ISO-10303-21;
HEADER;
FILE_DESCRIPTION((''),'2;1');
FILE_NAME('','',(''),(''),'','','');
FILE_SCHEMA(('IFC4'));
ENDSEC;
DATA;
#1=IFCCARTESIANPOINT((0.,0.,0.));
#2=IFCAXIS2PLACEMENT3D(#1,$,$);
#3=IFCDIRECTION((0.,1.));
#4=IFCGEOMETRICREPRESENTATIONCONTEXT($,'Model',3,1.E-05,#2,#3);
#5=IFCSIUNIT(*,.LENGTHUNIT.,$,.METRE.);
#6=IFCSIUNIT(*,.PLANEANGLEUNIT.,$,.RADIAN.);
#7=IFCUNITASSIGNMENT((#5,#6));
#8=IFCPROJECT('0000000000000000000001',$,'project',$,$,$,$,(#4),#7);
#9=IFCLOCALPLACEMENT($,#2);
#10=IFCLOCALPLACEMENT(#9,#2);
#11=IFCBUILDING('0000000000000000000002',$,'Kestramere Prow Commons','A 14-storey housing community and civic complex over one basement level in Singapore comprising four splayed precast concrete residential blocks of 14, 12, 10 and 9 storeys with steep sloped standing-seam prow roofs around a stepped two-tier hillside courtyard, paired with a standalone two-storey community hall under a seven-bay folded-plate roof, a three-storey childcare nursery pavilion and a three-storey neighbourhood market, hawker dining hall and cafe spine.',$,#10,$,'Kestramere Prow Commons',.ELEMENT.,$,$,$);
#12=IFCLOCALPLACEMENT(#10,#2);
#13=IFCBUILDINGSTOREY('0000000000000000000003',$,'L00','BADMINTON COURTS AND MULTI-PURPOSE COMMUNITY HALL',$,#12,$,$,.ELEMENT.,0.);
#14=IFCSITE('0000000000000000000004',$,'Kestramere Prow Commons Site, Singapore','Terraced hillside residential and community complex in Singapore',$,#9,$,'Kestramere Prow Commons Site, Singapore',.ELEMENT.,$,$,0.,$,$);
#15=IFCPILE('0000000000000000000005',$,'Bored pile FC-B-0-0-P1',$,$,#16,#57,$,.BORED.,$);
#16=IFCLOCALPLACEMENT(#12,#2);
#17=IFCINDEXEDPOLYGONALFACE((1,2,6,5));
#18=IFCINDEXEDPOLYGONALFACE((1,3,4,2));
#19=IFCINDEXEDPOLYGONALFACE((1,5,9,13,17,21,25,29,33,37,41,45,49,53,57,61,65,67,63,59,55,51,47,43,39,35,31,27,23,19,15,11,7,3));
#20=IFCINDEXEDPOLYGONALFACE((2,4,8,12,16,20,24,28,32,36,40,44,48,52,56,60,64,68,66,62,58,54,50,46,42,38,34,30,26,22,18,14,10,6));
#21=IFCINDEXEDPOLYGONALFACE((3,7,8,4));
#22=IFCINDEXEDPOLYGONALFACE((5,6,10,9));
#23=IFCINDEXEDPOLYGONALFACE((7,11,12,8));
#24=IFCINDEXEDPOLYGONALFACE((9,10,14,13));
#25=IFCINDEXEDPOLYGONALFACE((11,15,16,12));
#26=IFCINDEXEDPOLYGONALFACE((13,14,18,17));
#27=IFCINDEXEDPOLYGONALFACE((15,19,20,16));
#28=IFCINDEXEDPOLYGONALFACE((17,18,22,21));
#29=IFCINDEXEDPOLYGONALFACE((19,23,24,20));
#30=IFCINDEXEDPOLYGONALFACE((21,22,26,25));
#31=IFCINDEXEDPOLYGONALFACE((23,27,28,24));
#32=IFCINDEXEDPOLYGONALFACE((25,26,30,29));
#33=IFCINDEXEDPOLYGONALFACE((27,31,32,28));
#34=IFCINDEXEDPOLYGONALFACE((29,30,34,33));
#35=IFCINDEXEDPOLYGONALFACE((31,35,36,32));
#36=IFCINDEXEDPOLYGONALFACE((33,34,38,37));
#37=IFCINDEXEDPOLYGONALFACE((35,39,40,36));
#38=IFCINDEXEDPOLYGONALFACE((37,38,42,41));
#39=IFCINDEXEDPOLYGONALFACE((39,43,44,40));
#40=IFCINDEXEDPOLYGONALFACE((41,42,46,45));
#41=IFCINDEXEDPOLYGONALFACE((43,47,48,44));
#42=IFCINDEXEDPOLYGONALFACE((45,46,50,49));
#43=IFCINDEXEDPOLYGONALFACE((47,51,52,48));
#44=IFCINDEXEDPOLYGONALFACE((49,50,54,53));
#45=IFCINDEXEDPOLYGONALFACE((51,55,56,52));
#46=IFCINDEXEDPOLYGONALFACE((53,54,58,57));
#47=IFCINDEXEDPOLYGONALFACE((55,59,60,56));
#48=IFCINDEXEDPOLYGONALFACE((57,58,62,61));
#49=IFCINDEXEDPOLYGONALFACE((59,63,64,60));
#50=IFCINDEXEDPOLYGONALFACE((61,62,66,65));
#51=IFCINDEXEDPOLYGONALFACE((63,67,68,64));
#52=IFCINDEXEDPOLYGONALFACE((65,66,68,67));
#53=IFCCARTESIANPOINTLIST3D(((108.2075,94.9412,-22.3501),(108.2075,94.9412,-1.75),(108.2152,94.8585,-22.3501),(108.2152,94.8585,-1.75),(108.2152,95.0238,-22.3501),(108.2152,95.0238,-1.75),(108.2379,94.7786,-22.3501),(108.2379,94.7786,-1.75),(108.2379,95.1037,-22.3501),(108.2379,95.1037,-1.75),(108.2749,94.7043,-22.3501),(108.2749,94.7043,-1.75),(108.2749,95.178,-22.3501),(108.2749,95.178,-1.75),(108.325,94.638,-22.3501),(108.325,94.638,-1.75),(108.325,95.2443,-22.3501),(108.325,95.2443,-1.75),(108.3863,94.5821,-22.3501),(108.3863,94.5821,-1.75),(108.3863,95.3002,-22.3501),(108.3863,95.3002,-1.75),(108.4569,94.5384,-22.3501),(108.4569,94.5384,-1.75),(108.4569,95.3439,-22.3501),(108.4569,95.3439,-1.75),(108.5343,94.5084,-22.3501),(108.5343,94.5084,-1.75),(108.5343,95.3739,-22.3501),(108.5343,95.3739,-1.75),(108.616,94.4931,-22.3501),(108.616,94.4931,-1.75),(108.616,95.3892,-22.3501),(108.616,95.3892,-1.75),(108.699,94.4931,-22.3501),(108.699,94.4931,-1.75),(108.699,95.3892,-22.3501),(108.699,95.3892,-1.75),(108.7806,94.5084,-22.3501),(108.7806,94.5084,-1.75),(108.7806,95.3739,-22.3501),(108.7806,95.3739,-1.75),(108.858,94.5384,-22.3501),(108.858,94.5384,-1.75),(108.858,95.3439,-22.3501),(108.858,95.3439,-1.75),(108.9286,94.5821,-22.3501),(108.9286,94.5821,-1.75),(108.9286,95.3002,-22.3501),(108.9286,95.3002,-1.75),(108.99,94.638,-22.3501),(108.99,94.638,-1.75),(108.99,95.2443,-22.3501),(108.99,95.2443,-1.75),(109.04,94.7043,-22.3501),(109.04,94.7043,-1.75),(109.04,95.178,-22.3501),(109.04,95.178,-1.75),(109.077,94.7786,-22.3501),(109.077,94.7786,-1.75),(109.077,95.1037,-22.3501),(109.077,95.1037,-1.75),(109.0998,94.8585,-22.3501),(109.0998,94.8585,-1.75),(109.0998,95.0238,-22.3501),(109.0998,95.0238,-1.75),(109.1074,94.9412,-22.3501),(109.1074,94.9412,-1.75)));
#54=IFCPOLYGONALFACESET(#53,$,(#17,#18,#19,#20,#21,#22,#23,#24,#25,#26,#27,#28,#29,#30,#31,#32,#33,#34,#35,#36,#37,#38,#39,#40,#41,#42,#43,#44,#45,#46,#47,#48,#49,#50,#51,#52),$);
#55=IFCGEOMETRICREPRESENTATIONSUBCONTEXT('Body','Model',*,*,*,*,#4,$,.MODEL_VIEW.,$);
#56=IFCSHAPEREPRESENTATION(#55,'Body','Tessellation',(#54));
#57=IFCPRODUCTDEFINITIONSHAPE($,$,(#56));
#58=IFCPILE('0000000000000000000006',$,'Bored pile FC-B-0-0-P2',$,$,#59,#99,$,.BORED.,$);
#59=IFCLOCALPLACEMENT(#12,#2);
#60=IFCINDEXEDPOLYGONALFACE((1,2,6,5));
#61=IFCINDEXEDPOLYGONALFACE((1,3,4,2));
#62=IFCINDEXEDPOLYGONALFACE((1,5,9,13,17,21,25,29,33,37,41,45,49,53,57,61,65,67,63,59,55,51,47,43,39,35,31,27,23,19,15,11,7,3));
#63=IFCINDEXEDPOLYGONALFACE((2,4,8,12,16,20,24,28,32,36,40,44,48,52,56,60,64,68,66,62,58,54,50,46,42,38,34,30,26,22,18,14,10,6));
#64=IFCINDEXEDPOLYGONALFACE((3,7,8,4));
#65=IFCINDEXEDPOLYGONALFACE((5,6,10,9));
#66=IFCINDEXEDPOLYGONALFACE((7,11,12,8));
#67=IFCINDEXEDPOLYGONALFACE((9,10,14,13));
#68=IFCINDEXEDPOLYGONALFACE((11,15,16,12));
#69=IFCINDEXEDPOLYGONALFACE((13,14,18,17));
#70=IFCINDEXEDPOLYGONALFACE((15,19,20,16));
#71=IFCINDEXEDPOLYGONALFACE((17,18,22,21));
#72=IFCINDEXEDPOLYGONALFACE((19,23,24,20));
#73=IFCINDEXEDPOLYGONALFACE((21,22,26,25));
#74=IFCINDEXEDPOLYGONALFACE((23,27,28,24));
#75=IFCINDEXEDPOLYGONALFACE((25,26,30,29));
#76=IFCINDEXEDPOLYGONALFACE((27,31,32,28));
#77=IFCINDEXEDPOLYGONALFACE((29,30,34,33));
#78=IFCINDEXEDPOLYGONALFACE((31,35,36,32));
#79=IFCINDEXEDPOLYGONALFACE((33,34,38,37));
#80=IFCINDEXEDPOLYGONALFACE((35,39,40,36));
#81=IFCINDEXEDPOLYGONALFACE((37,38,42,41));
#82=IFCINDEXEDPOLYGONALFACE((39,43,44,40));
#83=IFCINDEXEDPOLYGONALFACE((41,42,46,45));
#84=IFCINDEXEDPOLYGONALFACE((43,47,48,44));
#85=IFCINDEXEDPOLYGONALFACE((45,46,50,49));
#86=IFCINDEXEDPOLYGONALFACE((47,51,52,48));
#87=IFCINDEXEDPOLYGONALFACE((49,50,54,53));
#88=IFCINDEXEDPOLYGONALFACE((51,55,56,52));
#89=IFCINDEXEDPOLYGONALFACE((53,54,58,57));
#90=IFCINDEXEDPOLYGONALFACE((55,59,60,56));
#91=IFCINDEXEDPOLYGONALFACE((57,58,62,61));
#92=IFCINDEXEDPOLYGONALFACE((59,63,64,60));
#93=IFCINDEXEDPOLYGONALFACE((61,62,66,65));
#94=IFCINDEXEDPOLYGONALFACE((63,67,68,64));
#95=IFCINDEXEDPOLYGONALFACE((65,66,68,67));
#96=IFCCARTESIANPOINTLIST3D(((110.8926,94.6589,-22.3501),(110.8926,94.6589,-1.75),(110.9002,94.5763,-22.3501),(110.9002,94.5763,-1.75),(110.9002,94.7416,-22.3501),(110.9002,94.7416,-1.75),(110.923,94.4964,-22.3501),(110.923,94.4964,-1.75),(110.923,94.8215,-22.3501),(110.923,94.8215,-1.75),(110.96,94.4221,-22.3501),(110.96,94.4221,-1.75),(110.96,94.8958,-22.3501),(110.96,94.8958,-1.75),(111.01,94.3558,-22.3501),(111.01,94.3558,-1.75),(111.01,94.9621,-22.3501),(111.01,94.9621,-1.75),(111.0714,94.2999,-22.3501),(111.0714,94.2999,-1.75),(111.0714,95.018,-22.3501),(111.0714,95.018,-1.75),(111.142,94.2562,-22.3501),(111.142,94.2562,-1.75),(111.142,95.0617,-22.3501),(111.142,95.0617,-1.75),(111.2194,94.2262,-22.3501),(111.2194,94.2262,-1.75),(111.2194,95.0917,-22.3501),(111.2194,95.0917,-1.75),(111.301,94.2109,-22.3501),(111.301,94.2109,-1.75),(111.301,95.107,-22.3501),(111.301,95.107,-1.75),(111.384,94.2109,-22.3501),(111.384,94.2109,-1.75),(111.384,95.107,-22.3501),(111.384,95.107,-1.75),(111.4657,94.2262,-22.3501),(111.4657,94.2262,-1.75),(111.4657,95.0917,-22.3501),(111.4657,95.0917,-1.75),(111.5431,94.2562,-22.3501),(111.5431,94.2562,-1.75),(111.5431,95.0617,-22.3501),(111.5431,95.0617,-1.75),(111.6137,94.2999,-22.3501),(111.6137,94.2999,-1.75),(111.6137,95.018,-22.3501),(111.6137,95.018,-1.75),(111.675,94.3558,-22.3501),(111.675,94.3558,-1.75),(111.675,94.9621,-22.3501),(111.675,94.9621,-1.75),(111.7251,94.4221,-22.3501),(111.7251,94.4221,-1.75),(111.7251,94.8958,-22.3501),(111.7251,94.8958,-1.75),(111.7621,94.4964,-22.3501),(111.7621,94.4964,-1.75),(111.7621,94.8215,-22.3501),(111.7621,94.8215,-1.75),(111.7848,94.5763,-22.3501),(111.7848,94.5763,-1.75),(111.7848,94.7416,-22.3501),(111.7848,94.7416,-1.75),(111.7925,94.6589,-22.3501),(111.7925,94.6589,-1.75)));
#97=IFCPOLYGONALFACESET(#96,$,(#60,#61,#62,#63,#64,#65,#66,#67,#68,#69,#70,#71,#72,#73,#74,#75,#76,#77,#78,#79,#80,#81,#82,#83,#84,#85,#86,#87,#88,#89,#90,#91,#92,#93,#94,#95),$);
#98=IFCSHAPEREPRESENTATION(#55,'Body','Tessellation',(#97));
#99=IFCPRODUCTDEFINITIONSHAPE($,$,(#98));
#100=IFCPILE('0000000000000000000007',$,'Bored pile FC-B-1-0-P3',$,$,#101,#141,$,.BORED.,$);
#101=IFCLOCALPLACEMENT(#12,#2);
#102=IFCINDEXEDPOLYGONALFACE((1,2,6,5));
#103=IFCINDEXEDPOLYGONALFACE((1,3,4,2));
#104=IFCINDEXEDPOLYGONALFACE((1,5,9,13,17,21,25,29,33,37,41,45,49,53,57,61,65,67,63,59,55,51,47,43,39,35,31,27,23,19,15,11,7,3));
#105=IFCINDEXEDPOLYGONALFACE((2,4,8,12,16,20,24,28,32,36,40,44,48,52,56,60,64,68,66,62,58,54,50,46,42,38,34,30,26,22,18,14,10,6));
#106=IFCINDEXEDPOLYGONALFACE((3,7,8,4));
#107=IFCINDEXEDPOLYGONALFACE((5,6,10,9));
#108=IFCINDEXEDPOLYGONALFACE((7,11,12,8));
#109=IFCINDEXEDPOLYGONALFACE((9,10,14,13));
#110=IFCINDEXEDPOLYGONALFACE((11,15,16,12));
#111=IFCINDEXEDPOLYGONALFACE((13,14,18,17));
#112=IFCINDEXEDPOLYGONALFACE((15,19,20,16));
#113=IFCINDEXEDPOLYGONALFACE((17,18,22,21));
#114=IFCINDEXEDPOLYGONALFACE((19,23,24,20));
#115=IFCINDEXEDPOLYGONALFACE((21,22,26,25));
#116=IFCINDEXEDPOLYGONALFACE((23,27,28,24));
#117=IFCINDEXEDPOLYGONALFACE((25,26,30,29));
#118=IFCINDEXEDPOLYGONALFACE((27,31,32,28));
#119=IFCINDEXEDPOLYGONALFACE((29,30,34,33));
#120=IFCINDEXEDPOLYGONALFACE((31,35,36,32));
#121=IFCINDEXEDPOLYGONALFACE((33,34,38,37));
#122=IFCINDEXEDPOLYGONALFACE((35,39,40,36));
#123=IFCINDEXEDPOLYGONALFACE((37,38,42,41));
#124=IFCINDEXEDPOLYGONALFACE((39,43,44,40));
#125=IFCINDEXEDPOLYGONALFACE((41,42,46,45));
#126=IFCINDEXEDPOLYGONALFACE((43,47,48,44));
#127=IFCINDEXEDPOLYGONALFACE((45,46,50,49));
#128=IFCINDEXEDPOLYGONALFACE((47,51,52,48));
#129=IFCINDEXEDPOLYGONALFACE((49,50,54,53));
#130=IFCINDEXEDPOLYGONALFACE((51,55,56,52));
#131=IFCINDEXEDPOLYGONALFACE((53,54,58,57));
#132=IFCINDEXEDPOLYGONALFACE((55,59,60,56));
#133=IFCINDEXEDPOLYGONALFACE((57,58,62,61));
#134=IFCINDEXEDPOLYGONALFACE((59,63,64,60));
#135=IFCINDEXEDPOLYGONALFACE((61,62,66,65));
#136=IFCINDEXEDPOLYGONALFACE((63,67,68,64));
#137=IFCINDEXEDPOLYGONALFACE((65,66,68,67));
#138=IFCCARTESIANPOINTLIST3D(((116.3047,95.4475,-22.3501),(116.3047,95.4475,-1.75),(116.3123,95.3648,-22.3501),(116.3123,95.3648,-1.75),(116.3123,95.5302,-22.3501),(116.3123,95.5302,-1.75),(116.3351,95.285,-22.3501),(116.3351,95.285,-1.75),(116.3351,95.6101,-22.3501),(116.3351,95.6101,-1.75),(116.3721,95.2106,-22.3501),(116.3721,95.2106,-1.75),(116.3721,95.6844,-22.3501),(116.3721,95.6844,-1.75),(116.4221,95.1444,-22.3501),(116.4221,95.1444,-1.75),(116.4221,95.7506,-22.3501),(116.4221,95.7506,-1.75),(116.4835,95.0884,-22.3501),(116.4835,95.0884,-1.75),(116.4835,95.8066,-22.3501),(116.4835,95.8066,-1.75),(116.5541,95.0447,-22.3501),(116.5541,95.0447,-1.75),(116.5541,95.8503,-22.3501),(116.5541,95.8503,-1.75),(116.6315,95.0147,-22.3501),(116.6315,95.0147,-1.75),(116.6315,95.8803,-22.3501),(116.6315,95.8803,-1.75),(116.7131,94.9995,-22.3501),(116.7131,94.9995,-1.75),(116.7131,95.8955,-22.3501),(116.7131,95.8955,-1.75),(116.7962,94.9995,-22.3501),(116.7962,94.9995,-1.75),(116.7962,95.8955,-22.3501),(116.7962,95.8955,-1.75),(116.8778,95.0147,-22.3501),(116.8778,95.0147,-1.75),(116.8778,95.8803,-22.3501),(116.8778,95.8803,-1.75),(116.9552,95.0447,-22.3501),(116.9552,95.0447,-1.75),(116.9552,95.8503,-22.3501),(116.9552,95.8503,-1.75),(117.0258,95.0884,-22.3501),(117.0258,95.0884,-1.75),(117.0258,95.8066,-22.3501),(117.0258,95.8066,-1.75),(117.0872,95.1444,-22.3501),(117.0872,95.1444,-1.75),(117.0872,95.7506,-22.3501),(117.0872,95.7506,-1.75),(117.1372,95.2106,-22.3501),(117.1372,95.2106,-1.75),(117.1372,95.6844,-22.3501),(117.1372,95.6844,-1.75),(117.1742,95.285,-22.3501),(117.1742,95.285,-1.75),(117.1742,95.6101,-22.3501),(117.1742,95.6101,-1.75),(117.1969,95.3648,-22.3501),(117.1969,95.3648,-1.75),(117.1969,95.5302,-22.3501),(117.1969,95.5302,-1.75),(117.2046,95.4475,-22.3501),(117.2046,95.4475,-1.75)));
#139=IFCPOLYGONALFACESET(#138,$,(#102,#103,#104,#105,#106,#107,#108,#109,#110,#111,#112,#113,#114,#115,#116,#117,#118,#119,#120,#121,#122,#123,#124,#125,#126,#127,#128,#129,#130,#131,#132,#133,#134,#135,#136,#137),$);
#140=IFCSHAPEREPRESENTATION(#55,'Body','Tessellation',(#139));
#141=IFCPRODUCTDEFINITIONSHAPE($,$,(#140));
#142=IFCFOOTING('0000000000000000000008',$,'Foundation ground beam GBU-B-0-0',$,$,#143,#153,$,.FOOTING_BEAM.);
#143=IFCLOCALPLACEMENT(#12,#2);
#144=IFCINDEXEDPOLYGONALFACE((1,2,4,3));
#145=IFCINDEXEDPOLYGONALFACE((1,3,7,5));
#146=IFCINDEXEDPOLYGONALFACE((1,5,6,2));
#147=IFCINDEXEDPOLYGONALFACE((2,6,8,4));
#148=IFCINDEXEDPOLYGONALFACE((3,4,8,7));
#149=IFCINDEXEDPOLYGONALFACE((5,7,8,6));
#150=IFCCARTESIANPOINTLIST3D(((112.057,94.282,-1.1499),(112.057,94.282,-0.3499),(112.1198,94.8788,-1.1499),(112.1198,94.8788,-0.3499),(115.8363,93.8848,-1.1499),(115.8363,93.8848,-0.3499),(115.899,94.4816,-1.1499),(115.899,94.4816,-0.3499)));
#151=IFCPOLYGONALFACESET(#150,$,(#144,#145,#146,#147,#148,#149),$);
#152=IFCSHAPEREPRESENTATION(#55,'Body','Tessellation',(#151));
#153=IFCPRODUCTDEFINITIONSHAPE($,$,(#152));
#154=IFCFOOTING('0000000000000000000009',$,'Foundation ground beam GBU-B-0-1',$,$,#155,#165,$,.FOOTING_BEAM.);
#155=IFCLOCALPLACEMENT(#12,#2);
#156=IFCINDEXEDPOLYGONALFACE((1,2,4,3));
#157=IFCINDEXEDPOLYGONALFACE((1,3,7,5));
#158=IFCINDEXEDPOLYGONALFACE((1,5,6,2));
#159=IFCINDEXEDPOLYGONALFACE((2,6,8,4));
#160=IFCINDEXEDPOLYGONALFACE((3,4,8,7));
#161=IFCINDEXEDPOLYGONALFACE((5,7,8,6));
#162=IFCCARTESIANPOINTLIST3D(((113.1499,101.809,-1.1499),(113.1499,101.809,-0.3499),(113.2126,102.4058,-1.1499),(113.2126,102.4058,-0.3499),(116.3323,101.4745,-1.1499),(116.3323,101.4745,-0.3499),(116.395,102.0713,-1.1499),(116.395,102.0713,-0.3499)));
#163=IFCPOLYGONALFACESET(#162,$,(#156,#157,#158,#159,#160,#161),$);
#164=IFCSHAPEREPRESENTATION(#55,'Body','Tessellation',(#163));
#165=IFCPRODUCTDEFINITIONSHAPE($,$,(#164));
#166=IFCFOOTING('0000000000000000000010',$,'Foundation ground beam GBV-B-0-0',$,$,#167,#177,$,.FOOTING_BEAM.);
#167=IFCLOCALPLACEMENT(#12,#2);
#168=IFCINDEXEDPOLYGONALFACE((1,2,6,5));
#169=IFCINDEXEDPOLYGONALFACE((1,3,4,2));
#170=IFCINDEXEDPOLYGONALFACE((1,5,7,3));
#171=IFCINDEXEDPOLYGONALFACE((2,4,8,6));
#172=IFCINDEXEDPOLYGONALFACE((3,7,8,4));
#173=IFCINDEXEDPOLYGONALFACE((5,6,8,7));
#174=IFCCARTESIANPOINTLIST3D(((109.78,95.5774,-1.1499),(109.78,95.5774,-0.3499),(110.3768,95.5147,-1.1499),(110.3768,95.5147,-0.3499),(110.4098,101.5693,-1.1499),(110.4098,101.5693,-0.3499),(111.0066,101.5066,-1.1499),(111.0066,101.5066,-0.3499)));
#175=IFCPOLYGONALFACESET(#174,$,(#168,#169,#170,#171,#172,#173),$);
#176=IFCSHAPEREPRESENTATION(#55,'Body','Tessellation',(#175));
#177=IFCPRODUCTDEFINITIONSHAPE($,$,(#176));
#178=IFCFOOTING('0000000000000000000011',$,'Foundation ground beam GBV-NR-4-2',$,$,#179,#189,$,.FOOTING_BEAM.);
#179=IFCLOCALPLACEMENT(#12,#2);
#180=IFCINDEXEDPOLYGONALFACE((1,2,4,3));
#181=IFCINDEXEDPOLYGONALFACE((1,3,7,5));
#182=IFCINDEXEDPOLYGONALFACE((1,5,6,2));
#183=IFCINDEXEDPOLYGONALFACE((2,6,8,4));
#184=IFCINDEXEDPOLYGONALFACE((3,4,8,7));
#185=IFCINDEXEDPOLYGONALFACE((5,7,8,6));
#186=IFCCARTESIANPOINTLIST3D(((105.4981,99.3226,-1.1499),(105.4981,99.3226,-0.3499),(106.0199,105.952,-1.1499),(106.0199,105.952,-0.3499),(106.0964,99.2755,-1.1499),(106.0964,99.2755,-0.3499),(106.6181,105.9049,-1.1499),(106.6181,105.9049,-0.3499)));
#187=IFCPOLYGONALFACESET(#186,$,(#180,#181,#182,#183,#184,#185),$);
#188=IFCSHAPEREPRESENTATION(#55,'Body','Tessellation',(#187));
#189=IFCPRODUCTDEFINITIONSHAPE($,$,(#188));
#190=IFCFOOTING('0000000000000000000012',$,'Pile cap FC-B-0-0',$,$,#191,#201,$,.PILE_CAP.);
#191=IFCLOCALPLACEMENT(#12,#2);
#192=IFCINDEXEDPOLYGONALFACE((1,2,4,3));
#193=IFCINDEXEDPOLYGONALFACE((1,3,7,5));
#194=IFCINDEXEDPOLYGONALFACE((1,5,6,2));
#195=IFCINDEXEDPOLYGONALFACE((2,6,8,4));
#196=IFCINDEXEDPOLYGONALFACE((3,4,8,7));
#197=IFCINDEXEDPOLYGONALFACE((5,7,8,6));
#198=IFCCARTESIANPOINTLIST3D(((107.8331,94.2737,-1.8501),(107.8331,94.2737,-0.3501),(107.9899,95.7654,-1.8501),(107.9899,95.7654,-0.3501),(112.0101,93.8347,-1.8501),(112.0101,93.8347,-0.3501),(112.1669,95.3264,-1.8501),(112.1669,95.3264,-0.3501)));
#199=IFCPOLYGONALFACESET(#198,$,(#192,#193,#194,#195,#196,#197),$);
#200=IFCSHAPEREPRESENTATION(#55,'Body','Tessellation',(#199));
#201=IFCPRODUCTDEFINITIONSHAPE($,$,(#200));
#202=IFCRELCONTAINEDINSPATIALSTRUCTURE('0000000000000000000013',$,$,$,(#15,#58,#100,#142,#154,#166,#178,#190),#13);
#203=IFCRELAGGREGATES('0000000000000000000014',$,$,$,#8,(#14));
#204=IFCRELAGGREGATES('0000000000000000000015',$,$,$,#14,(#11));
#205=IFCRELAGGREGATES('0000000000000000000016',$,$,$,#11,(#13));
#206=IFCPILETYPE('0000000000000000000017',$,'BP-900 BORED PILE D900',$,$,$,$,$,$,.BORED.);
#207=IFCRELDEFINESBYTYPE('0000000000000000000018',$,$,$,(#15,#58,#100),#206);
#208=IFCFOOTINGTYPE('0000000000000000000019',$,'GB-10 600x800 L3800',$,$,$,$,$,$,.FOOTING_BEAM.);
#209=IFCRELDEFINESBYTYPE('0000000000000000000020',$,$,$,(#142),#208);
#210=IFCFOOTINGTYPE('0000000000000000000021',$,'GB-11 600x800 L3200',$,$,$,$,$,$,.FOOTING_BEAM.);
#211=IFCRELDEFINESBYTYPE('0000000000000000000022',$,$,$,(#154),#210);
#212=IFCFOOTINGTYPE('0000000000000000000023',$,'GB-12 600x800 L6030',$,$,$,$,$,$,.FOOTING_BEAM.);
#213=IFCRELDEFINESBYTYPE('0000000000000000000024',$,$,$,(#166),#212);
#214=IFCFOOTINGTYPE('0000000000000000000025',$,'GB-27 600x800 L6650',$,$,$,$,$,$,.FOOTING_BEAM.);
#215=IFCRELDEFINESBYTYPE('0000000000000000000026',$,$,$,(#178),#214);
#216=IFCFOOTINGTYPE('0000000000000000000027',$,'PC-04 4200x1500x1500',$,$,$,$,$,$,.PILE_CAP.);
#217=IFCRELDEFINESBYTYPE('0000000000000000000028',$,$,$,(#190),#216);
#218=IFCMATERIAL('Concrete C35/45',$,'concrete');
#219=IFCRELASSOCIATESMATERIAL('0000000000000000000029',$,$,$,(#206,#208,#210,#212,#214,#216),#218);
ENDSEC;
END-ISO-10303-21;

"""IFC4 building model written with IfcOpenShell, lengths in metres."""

from ifc_helpers import new_model, si_unit, direction, frame, origin, origin_2d, place, context, subcontext, project, spatial, rectangle, circle, extrude, material, material_profile, profile_set, type_object, element, save


model = new_model("IFC4")

# Units and contexts
model_context = context("Model", 3, precision=1e-05, world=origin(), true_north=direction((0.0, 1.0)))
body_context = subcontext(model_context, "Body", "Model", "MODEL_VIEW")
ifc_project = project(units=[si_unit("LENGTHUNIT", "METRE"), si_unit("PLANEANGLEUNIT", "RADIAN")], contexts=[model_context])

# Site, building, storey
site_placement = place(None, origin())
site = spatial("IfcSite", under=ifc_project, at=site_placement, Name="Kestramere Prow Commons Site, Singapore", Description="Terraced hillside residential and community complex in Singapore", LongName="Kestramere Prow Commons Site, Singapore", CompositionType="ELEMENT", RefElevation=0.0)
building_placement = place(site_placement, origin())
building = spatial("IfcBuilding", under=site, at=building_placement, Name="Kestramere Prow Commons", Description="A 14-storey housing community and civic complex over one basement level in Singapore comprising four splayed precast concrete residential blocks of 14, 12, 10 and 9 storeys with steep sloped standing-seam prow roofs around a stepped two-tier hillside courtyard, paired with a standalone two-storey community hall under a seven-bay folded-plate roof, a three-storey childcare nursery pavilion and a three-storey neighbourhood market, hawker dining hall and cafe spine.", LongName="Kestramere Prow Commons", CompositionType="ELEMENT")
storey_placement = place(building_placement, origin())
storey = spatial("IfcBuildingStorey", under=building, at=storey_placement, Name="L00", Description="BADMINTON COURTS AND MULTI-PURPOSE COMMUNITY HALL", CompositionType="ELEMENT", Elevation=0.0)

# Piles
ifc_material_1 = material(Name="Concrete C35/45", Category="concrete")
ifc_material_profile_1 = material_profile(ifc_material_1, circle(Radius=0.45, at=origin_2d()), Name="BORED PILE D900")
ifc_profile_set_1 = profile_set([ifc_material_profile_1], Name="Concrete C35/45")
pile_type_1 = type_object("IfcPileType", Name="BP-900 BORED PILE D900", PredefinedType="BORED", material=ifc_profile_set_1)
for number, where, z_axis, x_axis, name in (
    (1, (108.6575, 94.9412, -1.75), (0.0, 0.0, -1.0), (1.0, 0.0, 0.0), "Bored pile FC-B-0-0-P1"),
    (2, (111.3425, 94.6589, -1.75), (0.0, 0.0, -1.0), (1.0, 0.0, 0.0), "Bored pile FC-B-0-0-P2"),
    (3, (116.7546, 95.4475, -1.75), (0.0, 0.0, -1.0), (1.0, 0.0, 0.0), "Bored pile FC-B-1-0-P3"),
):
    element("IfcPile", number, at=place(storey_placement, frame(where, z_axis=z_axis, x_axis=x_axis)), inside=storey, type_object=pile_type_1, Name=name, PredefinedType="BORED", context=body_context, shape_type="SweptSolid", body=[
        extrude(circle(Radius=0.45, at=origin_2d()), origin(), (0.0, 0.0, 1.0), 20.6001),
    ])

# Footings
footing_type_1 = type_object("IfcFootingType", Name="GB-10 600x800 L3800", PredefinedType="FOOTING_BEAM", material=ifc_material_1)
footing_1_placement = place(storey_placement, frame((113.978, 94.3818, -1.1499), z_axis=(0.0, 0.0, 1.0), x_axis=(0.994522, -0.104528, 0.0)))
element("IfcFooting", 4, at=footing_1_placement, inside=storey, type_object=footing_type_1, Name="Foundation ground beam GBU-B-0-0", PredefinedType="FOOTING_BEAM", context=body_context, shape_type="SweptSolid", body=[
    extrude(rectangle(XDim=3.8, YDim=0.6001, at=origin_2d()), origin(), (0.0, 0.0, 1.0), 0.8),
])
footing_type_2 = type_object("IfcFootingType", Name="GB-11 600x800 L3200", PredefinedType="FOOTING_BEAM", material=ifc_material_1)
footing_2_placement = place(storey_placement, frame((114.7725, 101.9402, -1.1499), z_axis=(0.0, 0.0, 1.0), x_axis=(0.994522, -0.104528, 0.0)))
element("IfcFooting", 5, at=footing_2_placement, inside=storey, type_object=footing_type_2, Name="Foundation ground beam GBU-B-0-1", PredefinedType="FOOTING_BEAM", context=body_context, shape_type="SweptSolid", body=[
    extrude(rectangle(XDim=3.2, YDim=0.6001, at=origin_2d()), origin(), (0.0, 0.0, 1.0), 0.8),
])
footing_type_3 = type_object("IfcFootingType", Name="GB-12 600x800 L6030", PredefinedType="FOOTING_BEAM", material=ifc_material_1)
footing_3_placement = place(storey_placement, frame((110.3933, 98.542, -1.1499), z_axis=(0.0, 0.0, 1.0), x_axis=(0.104528, 0.994522, 0.0)))
element("IfcFooting", 6, at=footing_3_placement, inside=storey, type_object=footing_type_3, Name="Foundation ground beam GBV-B-0-0", PredefinedType="FOOTING_BEAM", context=body_context, shape_type="SweptSolid", body=[
    extrude(rectangle(XDim=6.0249, YDim=0.6001, at=origin_2d()), origin(), (0.0, 0.0, 1.0), 0.8),
])
footing_type_4 = type_object("IfcFootingType", Name="GB-27 600x800 L6650", PredefinedType="FOOTING_BEAM", material=ifc_material_1)
footing_4_placement = place(storey_placement, frame((106.0581, 102.6138, -1.1499), z_axis=(0.0, 0.0, 1.0), x_axis=(0.078459, 0.996917, 0.0)))
element("IfcFooting", 7, at=footing_4_placement, inside=storey, type_object=footing_type_4, Name="Foundation ground beam GBV-NR-4-2", PredefinedType="FOOTING_BEAM", context=body_context, shape_type="SweptSolid", body=[
    extrude(rectangle(XDim=6.6499, YDim=0.6001, at=origin_2d()), origin(), (0.0, 0.0, 1.0), 0.8),
])
footing_type_5 = type_object("IfcFootingType", Name="PC-04 4200x1500x1500", PredefinedType="PILE_CAP", material=ifc_material_1)
footing_5_placement = place(storey_placement, frame((110.0, 94.8, -1.8501), z_axis=(0.0, 0.0, 1.0), x_axis=(0.994522, -0.104528, 0.0)))
element("IfcFooting", 8, at=footing_5_placement, inside=storey, type_object=footing_type_5, Name="Pile cap FC-B-0-0", PredefinedType="PILE_CAP", context=body_context, shape_type="SweptSolid", body=[
    extrude(rectangle(XDim=4.2, YDim=1.5, at=origin_2d()), origin(), (0.0, 0.0, 1.0), 1.5),
])

save(model, "model.ifc")
